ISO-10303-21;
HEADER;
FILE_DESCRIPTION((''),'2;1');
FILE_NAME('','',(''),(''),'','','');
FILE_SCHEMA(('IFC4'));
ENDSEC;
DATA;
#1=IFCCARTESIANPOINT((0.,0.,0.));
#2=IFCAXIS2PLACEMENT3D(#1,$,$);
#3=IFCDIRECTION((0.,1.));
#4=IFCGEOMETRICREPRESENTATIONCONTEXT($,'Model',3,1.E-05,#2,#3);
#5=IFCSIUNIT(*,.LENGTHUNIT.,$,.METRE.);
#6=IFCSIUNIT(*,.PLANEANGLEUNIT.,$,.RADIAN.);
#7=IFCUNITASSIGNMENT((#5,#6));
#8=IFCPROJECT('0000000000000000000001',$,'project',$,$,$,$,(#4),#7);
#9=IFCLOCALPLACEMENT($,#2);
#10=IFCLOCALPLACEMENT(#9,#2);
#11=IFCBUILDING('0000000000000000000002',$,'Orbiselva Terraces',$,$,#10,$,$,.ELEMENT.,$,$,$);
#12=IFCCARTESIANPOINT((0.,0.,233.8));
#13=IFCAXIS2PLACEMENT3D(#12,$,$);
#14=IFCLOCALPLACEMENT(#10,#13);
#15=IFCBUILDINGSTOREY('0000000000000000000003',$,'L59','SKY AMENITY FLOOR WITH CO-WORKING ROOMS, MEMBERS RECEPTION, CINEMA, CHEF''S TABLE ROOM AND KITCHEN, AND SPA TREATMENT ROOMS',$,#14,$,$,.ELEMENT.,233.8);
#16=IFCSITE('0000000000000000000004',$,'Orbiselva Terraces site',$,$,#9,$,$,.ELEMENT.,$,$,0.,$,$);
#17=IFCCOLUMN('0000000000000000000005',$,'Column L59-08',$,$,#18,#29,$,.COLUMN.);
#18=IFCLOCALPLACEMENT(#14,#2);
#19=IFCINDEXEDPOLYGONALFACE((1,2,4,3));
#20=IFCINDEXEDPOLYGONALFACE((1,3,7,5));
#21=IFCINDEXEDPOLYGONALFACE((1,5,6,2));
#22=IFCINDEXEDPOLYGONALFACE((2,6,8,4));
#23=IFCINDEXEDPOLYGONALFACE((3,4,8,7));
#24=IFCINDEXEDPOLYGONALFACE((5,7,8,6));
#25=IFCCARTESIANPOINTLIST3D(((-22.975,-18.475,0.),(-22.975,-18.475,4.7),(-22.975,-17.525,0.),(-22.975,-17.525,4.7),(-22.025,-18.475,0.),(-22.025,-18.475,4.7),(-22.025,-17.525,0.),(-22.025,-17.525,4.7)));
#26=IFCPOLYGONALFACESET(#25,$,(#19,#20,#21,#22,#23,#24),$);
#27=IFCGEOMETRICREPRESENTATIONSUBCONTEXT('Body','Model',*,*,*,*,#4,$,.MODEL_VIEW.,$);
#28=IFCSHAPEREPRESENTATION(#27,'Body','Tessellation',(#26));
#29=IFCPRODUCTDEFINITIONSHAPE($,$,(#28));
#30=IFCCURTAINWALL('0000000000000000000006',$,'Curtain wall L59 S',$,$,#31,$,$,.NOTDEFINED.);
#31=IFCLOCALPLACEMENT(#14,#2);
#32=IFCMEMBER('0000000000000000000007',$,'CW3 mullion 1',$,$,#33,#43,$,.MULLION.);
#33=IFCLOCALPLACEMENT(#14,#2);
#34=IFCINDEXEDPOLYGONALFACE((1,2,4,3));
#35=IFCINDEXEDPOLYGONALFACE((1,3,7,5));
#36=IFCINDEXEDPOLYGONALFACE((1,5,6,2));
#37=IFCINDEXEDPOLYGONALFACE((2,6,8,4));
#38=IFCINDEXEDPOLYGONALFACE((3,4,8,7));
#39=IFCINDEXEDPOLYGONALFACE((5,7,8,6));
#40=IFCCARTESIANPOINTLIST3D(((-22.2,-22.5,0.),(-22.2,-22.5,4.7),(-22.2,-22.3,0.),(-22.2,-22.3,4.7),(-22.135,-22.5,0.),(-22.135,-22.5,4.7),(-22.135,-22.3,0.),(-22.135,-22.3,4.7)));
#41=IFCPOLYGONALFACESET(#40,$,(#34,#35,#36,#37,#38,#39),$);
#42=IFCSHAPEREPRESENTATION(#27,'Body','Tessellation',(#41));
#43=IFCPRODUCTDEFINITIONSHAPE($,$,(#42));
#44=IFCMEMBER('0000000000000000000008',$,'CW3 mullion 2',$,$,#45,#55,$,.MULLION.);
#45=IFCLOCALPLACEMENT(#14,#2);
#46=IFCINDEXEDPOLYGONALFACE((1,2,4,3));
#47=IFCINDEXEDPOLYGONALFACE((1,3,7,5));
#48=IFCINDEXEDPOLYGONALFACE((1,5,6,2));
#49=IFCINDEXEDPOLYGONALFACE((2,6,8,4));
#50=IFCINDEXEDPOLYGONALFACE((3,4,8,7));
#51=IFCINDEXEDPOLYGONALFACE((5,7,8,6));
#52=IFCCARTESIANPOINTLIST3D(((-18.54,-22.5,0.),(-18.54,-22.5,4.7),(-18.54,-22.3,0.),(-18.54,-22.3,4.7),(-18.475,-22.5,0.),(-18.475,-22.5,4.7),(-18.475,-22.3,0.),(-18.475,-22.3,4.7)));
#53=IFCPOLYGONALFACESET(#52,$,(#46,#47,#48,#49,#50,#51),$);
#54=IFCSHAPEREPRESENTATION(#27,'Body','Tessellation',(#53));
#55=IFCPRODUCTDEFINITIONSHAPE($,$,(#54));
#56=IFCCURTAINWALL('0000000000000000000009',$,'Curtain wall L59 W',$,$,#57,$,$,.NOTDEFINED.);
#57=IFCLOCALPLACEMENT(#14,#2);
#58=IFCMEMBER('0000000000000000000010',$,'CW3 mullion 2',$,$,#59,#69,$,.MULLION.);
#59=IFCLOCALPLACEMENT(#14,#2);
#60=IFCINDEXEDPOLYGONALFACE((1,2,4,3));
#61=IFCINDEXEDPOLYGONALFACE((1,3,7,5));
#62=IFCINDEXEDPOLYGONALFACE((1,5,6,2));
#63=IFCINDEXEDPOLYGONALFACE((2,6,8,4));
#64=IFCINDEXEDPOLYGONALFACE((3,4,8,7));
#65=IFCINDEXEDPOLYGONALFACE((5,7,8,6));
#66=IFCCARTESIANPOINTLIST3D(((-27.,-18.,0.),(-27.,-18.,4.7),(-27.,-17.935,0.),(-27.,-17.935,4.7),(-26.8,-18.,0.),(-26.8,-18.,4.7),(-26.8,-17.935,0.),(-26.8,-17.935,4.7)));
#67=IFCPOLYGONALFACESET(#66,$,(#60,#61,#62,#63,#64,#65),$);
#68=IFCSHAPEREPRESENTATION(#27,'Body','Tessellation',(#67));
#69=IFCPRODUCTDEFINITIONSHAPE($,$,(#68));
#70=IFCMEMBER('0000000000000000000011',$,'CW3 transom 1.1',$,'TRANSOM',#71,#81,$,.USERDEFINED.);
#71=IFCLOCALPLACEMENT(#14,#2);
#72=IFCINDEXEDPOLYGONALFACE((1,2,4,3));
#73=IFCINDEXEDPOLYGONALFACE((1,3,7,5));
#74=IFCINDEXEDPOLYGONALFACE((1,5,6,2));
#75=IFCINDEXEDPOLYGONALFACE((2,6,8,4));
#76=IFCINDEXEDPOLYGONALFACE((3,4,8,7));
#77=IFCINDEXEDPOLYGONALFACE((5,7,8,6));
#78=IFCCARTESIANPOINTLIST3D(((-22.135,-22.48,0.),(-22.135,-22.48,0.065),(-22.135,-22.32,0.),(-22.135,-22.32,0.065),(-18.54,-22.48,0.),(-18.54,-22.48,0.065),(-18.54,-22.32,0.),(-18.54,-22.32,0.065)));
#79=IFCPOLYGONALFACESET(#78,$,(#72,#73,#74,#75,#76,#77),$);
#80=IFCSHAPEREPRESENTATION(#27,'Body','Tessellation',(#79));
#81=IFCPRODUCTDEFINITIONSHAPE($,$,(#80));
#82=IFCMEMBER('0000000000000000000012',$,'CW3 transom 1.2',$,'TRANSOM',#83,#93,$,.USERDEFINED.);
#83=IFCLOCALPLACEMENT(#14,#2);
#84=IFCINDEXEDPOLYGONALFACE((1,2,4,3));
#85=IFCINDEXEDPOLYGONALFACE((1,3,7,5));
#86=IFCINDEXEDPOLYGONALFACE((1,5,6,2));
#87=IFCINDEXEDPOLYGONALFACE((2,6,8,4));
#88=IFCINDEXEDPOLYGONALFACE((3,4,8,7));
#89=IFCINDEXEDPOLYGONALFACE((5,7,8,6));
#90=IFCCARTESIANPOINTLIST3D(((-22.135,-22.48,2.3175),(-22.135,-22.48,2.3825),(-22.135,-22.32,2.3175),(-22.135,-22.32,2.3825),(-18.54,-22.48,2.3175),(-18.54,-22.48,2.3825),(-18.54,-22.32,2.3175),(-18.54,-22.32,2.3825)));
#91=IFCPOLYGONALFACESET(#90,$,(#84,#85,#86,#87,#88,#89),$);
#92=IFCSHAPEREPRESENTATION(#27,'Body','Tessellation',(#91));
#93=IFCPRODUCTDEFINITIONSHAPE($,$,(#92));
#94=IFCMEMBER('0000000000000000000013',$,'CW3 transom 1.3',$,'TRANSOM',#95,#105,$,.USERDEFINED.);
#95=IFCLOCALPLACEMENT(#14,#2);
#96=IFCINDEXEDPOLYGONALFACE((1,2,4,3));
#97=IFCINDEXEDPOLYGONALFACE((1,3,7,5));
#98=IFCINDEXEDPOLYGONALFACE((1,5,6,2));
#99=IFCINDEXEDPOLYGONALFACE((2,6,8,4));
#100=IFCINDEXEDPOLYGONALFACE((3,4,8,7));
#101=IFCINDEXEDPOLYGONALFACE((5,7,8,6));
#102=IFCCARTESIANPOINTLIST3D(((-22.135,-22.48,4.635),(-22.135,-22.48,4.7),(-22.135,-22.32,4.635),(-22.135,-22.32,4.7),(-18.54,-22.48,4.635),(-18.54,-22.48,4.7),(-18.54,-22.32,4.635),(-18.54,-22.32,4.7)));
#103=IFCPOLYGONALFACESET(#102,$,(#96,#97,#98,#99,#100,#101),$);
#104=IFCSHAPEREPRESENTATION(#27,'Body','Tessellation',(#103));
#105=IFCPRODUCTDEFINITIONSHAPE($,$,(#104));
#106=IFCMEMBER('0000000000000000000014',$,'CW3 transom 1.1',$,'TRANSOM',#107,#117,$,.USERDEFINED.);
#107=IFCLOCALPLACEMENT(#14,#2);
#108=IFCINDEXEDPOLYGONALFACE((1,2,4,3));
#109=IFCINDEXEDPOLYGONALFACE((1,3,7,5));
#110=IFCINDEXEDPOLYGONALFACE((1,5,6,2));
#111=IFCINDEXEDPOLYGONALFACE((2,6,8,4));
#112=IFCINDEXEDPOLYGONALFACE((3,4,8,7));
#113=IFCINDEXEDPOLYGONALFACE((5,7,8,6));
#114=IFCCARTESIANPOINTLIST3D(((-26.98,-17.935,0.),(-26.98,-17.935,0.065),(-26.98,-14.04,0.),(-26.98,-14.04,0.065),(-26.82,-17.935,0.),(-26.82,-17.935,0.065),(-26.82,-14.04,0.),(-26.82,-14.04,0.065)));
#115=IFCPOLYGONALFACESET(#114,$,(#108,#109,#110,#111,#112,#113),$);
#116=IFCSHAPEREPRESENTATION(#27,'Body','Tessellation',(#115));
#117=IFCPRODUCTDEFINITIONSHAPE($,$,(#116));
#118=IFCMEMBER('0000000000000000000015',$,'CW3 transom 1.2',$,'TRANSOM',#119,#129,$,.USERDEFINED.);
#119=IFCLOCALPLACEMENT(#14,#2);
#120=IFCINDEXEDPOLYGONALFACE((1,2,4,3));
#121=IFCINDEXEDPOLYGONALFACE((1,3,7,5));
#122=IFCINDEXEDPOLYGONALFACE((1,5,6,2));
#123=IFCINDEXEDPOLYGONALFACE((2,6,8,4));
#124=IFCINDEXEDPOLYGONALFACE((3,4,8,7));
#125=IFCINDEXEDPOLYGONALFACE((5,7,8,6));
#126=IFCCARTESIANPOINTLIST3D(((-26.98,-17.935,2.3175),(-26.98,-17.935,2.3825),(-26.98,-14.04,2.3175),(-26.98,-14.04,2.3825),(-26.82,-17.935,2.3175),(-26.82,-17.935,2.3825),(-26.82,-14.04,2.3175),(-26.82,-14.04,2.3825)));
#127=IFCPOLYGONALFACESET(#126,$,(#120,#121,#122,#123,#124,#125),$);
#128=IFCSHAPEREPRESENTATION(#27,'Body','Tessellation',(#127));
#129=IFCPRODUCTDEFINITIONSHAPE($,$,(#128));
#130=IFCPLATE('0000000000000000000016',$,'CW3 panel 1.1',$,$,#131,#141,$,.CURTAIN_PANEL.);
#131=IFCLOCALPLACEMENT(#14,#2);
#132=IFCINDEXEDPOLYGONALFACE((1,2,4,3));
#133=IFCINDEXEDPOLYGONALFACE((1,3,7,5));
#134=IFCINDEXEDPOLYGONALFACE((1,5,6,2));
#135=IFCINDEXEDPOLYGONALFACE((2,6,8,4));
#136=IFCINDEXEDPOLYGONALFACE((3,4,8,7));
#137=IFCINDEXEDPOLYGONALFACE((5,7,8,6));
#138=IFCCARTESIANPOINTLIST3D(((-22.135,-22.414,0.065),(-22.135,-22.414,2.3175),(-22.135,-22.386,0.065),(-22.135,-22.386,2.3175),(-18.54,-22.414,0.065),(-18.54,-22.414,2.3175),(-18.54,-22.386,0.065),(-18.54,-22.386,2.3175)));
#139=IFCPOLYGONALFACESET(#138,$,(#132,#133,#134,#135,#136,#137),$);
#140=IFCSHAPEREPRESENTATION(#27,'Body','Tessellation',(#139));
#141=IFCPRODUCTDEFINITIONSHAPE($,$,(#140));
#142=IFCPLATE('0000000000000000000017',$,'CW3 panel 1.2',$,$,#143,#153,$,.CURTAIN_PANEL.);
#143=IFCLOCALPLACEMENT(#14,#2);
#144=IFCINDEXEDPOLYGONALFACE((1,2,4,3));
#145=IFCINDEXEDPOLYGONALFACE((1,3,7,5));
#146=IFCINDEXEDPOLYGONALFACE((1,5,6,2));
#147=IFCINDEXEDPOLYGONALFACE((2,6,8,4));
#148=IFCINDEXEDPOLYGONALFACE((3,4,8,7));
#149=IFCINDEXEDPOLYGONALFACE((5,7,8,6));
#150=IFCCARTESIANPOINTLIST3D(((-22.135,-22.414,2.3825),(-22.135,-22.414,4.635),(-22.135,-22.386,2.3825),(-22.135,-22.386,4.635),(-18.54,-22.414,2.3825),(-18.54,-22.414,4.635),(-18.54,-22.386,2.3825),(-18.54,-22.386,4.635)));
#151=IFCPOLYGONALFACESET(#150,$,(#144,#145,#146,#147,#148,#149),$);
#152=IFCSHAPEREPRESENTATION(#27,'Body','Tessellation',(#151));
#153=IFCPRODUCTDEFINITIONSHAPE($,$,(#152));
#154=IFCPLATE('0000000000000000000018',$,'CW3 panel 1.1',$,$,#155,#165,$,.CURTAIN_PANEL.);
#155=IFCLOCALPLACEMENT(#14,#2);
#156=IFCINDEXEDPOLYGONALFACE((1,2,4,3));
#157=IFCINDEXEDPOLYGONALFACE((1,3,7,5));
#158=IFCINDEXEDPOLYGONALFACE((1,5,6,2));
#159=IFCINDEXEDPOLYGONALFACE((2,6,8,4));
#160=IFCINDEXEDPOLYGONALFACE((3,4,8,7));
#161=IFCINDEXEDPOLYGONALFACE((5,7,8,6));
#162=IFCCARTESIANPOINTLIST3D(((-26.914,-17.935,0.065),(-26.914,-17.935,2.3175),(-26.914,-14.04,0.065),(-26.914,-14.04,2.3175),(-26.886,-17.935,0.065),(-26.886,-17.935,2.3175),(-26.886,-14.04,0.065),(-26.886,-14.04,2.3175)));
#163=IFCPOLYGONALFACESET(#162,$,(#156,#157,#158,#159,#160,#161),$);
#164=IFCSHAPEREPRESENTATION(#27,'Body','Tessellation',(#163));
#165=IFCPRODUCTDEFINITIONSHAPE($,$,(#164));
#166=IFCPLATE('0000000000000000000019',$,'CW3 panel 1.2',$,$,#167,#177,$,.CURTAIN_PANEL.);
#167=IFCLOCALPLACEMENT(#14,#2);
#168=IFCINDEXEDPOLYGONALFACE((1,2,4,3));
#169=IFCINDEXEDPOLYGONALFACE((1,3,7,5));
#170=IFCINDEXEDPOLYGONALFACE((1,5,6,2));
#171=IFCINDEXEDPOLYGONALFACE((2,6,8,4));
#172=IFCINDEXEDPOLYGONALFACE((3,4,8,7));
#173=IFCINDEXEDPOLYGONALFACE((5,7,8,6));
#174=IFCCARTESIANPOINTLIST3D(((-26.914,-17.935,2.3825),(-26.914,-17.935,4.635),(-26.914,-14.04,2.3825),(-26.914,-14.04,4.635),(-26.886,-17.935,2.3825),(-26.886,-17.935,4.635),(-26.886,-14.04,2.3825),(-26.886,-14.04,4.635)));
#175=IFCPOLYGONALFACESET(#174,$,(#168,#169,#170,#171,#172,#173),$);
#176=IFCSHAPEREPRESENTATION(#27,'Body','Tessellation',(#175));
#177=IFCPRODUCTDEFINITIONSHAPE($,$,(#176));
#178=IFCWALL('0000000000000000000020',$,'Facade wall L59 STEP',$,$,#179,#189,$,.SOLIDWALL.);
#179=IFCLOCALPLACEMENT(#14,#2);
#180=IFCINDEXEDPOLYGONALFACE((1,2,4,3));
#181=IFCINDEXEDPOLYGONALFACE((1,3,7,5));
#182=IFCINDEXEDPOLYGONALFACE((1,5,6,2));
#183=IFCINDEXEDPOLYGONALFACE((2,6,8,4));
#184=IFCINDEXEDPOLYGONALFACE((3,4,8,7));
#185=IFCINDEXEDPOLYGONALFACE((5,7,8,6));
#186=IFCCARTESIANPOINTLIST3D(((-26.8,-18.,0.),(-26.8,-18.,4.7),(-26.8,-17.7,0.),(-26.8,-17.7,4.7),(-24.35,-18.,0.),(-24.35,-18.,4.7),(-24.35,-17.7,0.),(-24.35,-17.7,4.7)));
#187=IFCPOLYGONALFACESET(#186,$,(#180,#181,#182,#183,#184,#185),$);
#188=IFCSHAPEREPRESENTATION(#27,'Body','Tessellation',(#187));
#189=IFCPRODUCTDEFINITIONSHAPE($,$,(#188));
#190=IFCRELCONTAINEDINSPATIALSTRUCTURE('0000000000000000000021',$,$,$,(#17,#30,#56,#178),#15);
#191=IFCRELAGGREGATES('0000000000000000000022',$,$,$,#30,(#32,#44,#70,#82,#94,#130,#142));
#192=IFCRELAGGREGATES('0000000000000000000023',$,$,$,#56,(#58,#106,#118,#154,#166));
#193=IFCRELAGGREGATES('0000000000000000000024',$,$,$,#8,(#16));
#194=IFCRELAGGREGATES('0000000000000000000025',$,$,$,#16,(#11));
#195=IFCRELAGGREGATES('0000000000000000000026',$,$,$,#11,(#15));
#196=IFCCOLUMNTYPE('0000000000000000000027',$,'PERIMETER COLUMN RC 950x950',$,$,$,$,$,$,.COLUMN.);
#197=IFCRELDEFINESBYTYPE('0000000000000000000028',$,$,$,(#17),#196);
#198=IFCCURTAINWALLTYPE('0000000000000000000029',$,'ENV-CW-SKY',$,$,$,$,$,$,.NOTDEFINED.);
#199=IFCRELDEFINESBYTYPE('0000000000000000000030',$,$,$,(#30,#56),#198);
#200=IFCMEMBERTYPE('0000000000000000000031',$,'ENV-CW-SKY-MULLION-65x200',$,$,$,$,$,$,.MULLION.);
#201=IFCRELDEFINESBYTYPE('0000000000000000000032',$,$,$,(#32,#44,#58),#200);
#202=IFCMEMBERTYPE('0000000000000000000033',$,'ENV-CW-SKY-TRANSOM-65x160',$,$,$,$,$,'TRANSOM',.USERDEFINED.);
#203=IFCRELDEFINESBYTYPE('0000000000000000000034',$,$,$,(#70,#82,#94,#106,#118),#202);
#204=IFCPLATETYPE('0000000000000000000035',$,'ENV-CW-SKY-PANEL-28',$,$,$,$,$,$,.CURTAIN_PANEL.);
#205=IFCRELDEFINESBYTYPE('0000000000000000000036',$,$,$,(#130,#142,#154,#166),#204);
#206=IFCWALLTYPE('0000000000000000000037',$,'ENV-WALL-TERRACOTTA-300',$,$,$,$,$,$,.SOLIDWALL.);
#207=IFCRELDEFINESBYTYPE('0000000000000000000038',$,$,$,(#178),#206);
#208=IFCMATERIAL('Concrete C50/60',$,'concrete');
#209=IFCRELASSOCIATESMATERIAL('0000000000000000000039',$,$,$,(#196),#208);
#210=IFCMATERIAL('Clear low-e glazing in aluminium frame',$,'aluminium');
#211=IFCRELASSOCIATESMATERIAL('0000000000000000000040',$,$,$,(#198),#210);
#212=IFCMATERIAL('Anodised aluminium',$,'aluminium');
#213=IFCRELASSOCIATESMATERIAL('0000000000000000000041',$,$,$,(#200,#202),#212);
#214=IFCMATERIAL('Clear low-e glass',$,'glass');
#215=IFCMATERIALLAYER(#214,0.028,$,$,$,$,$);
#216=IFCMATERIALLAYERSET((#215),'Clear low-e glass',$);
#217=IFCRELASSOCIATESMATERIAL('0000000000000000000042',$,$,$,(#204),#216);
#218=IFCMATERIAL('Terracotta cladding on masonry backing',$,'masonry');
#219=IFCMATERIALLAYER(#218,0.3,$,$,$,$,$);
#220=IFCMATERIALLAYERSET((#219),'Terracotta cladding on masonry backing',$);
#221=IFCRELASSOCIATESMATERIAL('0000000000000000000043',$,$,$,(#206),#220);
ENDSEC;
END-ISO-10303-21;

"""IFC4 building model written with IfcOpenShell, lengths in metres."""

from ifc_helpers import new_model, si_unit, direction, frame, frame_2d, origin, origin_2d, place, context, subcontext, project, spatial, rectangle, extrude, material, layer, layer_set, material_profile, profile_set, type_object, element, aggregate, save


model = new_model("IFC4")

# Units and contexts
model_context = context("Model", 3, precision=1e-05, world=origin(), true_north=direction((0.0, 1.0)))
body_context = subcontext(model_context, "Body", "Model", "MODEL_VIEW")
ifc_project = project(units=[si_unit("LENGTHUNIT", "METRE"), si_unit("PLANEANGLEUNIT", "RADIAN")], contexts=[model_context])

# Site, building, storey
site_placement = place(None, origin())
site = spatial("IfcSite", under=ifc_project, at=site_placement, Name="Orbiselva Terraces site", CompositionType="ELEMENT", RefElevation=0.0)
building_placement = place(site_placement, origin())
building = spatial("IfcBuilding", under=site, at=building_placement, Name="Orbiselva Terraces", CompositionType="ELEMENT")
storey_placement = place(building_placement, frame((0.0, 0.0, 233.8)))
storey = spatial("IfcBuildingStorey", under=building, at=storey_placement, Name="L59", Description="SKY AMENITY FLOOR WITH CO-WORKING ROOMS, MEMBERS RECEPTION, CINEMA, CHEF'S TABLE ROOM AND KITCHEN, AND SPA TREATMENT ROOMS", CompositionType="ELEMENT", Elevation=233.8)

# Column
ifc_material_1 = material(Name="Concrete C50/60", Category="concrete")
ifc_material_profile_1 = material_profile(ifc_material_1, rectangle(XDim=0.95, YDim=0.95, at=origin_2d()), Name="RC 950x950")
ifc_profile_set_1 = profile_set([ifc_material_profile_1], Name="Concrete C50/60")
column_type = type_object("IfcColumnType", Name="PERIMETER COLUMN RC 950x950", PredefinedType="COLUMN", material=ifc_profile_set_1)
column_placement = place(storey_placement, frame((-22.5, -18.0, 0.0), z_axis=(0.0, 0.0, 1.0), x_axis=(1.0, 0.0, 0.0)))
element("IfcColumn", 1, at=column_placement, inside=storey, type_object=column_type, Name="Column L59-08", PredefinedType="COLUMN", context=body_context, shape_type="SweptSolid", body=[
    extrude(rectangle(XDim=0.95, YDim=0.95, at=origin_2d()), origin(), (0.0, 0.0, 1.0), 4.7),
])

# Curtain wall, members
ifc_material_2 = material(Name="Clear low-e glazing in aluminium frame", Category="aluminium")
curtain_wall_type = type_object("IfcCurtainWallType", Name="ENV-CW-SKY", PredefinedType="NOTDEFINED", material=ifc_material_2)
curtain_wall_1_placement = place(storey_placement, origin())
curtain_wall_1 = element("IfcCurtainWall", 2, at=curtain_wall_1_placement, inside=storey, type_object=curtain_wall_type, Name="Curtain wall L59 S", PredefinedType="NOTDEFINED")
ifc_material_3 = material(Name="Anodised aluminium", Category="aluminium")
ifc_material_profile_2 = material_profile(ifc_material_3, rectangle(XDim=0.2, YDim=0.065, at=origin_2d()), Name="AL 65x200")
ifc_profile_set_2 = profile_set([ifc_material_profile_2], Name="Anodised aluminium")
member_type_1 = type_object("IfcMemberType", Name="ENV-CW-SKY-MULLION-65x200", PredefinedType="MULLION", material=ifc_profile_set_2)
member_1_placement = place(storey_placement, frame((-22.1675, -22.4, 0.0), z_axis=(0.0, 0.0, 1.0), x_axis=(0.0, 1.0, 0.0)))
member_1 = element("IfcMember", 3, at=member_1_placement, type_object=member_type_1, Name="CW3 mullion 1", PredefinedType="MULLION", context=body_context, shape_type="SweptSolid", body=[
    extrude(rectangle(XDim=0.2, YDim=0.065, at=origin_2d()), origin(), (0.0, 0.0, 1.0), 4.7),
])
member_2_placement = place(storey_placement, frame((-18.5075, -22.4, 0.0), z_axis=(0.0, 0.0, 1.0), x_axis=(0.0, 1.0, 0.0)))
member_2 = element("IfcMember", 4, at=member_2_placement, type_object=member_type_1, Name="CW3 mullion 2", PredefinedType="MULLION", context=body_context, shape_type="SweptSolid", body=[
    extrude(rectangle(XDim=0.2, YDim=0.065, at=origin_2d()), origin(), (0.0, 0.0, 1.0), 4.7),
])

# Curtain wall, member
curtain_wall_2_placement = place(storey_placement, origin())
curtain_wall_2 = element("IfcCurtainWall", 5, at=curtain_wall_2_placement, inside=storey, type_object=curtain_wall_type, Name="Curtain wall L59 W", PredefinedType="NOTDEFINED")
member_3_placement = place(storey_placement, frame((-26.9, -17.9675, 0.0), z_axis=(0.0, 0.0, 1.0), x_axis=(1.0, 0.0, 0.0)))
member_3 = element("IfcMember", 6, at=member_3_placement, type_object=member_type_1, Name="CW3 mullion 2", PredefinedType="MULLION", context=body_context, shape_type="SweptSolid", body=[
    extrude(rectangle(XDim=0.2, YDim=0.065, at=origin_2d()), origin(), (0.0, 0.0, 1.0), 4.7),
])

# Members
ifc_material_profile_3 = material_profile(ifc_material_3, rectangle(XDim=0.16, YDim=0.065, at=origin_2d()), Name="AL 65x160")
ifc_profile_set_3 = profile_set([ifc_material_profile_3], Name="Anodised aluminium")
member_type_2 = type_object("IfcMemberType", Name="ENV-CW-SKY-TRANSOM-65x160", ElementType="TRANSOM", PredefinedType="USERDEFINED", material=ifc_profile_set_3)
member_4_placement = place(storey_placement, frame((-22.135, -22.4, 0.0325), z_axis=(1.0, 0.0, 0.0), x_axis=(0.0, 1.0, 0.0)))
member_4 = element("IfcMember", 7, at=member_4_placement, type_object=member_type_2, Name="CW3 transom 1.1", ObjectType="TRANSOM", PredefinedType="USERDEFINED", context=body_context, shape_type="SweptSolid", body=[
    extrude(rectangle(XDim=0.16, YDim=0.065, at=origin_2d()), origin(), (0.0, 0.0, 1.0), 3.595),
])
member_5_placement = place(storey_placement, frame((-22.135, -22.4, 2.35), z_axis=(1.0, 0.0, 0.0), x_axis=(0.0, 1.0, 0.0)))
member_5 = element("IfcMember", 8, at=member_5_placement, type_object=member_type_2, Name="CW3 transom 1.2", ObjectType="TRANSOM", PredefinedType="USERDEFINED", context=body_context, shape_type="SweptSolid", body=[
    extrude(rectangle(XDim=0.16, YDim=0.065, at=origin_2d()), origin(), (0.0, 0.0, 1.0), 3.595),
])
member_6_placement = place(storey_placement, frame((-22.135, -22.4, 4.6675), z_axis=(1.0, 0.0, 0.0), x_axis=(0.0, 1.0, 0.0)))
member_6 = element("IfcMember", 9, at=member_6_placement, type_object=member_type_2, Name="CW3 transom 1.3", ObjectType="TRANSOM", PredefinedType="USERDEFINED", context=body_context, shape_type="SweptSolid", body=[
    extrude(rectangle(XDim=0.16, YDim=0.065, at=origin_2d()), origin(), (0.0, 0.0, 1.0), 3.595),
])
member_7_placement = place(storey_placement, frame((-26.9, -14.04, 0.0325), z_axis=(0.0, -1.0, 0.0), x_axis=(1.0, 0.0, 0.0)))
member_7 = element("IfcMember", 10, at=member_7_placement, type_object=member_type_2, Name="CW3 transom 1.1", ObjectType="TRANSOM", PredefinedType="USERDEFINED", context=body_context, shape_type="SweptSolid", body=[
    extrude(rectangle(XDim=0.16, YDim=0.065, at=origin_2d()), origin(), (0.0, 0.0, 1.0), 3.895),
])
member_8_placement = place(storey_placement, frame((-26.9, -14.04, 2.35), z_axis=(0.0, -1.0, 0.0), x_axis=(1.0, 0.0, 0.0)))
member_8 = element("IfcMember", 11, at=member_8_placement, type_object=member_type_2, Name="CW3 transom 1.2", ObjectType="TRANSOM", PredefinedType="USERDEFINED", context=body_context, shape_type="SweptSolid", body=[
    extrude(rectangle(XDim=0.16, YDim=0.065, at=origin_2d()), origin(), (0.0, 0.0, 1.0), 3.895),
])

# Plates
ifc_material_4 = material(Name="Clear low-e glass", Category="glass")
ifc_layer_1 = layer(ifc_material_4, 0.028)
ifc_layer_set_1 = layer_set([ifc_layer_1], Name="Clear low-e glass")
plate_type = type_object("IfcPlateType", Name="ENV-CW-SKY-PANEL-28", PredefinedType="CURTAIN_PANEL", material=ifc_layer_set_1)
plate_1_placement = place(storey_placement, frame((-20.3375, -22.4, 0.065), z_axis=(0.0, 0.0, 1.0), x_axis=(1.0, 0.0, 0.0)))
plate_1 = element("IfcPlate", 12, at=plate_1_placement, type_object=plate_type, Name="CW3 panel 1.1", PredefinedType="CURTAIN_PANEL", context=body_context, shape_type="SweptSolid", body=[
    extrude(rectangle(XDim=3.595, YDim=0.028, at=origin_2d()), origin(), (0.0, 0.0, 1.0), 2.2525),
])
plate_2_placement = place(storey_placement, frame((-20.3375, -22.4, 2.3825), z_axis=(0.0, 0.0, 1.0), x_axis=(1.0, 0.0, 0.0)))
plate_2 = element("IfcPlate", 13, at=plate_2_placement, type_object=plate_type, Name="CW3 panel 1.2", PredefinedType="CURTAIN_PANEL", context=body_context, shape_type="SweptSolid", body=[
    extrude(rectangle(XDim=3.595, YDim=0.028, at=origin_2d()), origin(), (0.0, 0.0, 1.0), 2.2525),
])
aggregate(curtain_wall_1, [member_1, member_2, member_4, member_5, member_6, plate_1, plate_2])
plate_3_placement = place(storey_placement, frame((-26.9, -15.9875, 0.065), z_axis=(0.0, 0.0, 1.0), x_axis=(0.0, -1.0, 0.0)))
plate_3 = element("IfcPlate", 14, at=plate_3_placement, type_object=plate_type, Name="CW3 panel 1.1", PredefinedType="CURTAIN_PANEL", context=body_context, shape_type="SweptSolid", body=[
    extrude(rectangle(XDim=3.895, YDim=0.028, at=origin_2d()), origin(), (0.0, 0.0, 1.0), 2.2525),
])
plate_4_placement = place(storey_placement, frame((-26.9, -15.9875, 2.3825), z_axis=(0.0, 0.0, 1.0), x_axis=(0.0, -1.0, 0.0)))
plate_4 = element("IfcPlate", 15, at=plate_4_placement, type_object=plate_type, Name="CW3 panel 1.2", PredefinedType="CURTAIN_PANEL", context=body_context, shape_type="SweptSolid", body=[
    extrude(rectangle(XDim=3.895, YDim=0.028, at=origin_2d()), origin(), (0.0, 0.0, 1.0), 2.2525),
])
aggregate(curtain_wall_2, [member_3, member_7, member_8, plate_3, plate_4])

# Wall
ifc_material_5 = material(Name="Terracotta cladding on masonry backing", Category="masonry")
ifc_layer_2 = layer(ifc_material_5, 0.3)
ifc_layer_set_2 = layer_set([ifc_layer_2], Name="Terracotta cladding on masonry backing")
wall_type_1 = type_object("IfcWallType", Name="ENV-WALL-TERRACOTTA-300", PredefinedType="SOLIDWALL", material=ifc_layer_set_2)
wall_1_placement = place(storey_placement, frame((-24.35, -17.85, 0.0), z_axis=(0.0, 0.0, 1.0), x_axis=(-1.0, 0.0, 0.0)))
element("IfcWall", 16, at=wall_1_placement, inside=storey, type_object=wall_type_1, Name="Facade wall L59 STEP", PredefinedType="SOLIDWALL", context=body_context, shape_type="SweptSolid", body=[
    extrude(rectangle(XDim=2.45, YDim=0.3, at=frame_2d((1.225, 0.0))), origin(), (0.0, 0.0, 1.0), 4.7),
])

save(model, "model.ifc")
